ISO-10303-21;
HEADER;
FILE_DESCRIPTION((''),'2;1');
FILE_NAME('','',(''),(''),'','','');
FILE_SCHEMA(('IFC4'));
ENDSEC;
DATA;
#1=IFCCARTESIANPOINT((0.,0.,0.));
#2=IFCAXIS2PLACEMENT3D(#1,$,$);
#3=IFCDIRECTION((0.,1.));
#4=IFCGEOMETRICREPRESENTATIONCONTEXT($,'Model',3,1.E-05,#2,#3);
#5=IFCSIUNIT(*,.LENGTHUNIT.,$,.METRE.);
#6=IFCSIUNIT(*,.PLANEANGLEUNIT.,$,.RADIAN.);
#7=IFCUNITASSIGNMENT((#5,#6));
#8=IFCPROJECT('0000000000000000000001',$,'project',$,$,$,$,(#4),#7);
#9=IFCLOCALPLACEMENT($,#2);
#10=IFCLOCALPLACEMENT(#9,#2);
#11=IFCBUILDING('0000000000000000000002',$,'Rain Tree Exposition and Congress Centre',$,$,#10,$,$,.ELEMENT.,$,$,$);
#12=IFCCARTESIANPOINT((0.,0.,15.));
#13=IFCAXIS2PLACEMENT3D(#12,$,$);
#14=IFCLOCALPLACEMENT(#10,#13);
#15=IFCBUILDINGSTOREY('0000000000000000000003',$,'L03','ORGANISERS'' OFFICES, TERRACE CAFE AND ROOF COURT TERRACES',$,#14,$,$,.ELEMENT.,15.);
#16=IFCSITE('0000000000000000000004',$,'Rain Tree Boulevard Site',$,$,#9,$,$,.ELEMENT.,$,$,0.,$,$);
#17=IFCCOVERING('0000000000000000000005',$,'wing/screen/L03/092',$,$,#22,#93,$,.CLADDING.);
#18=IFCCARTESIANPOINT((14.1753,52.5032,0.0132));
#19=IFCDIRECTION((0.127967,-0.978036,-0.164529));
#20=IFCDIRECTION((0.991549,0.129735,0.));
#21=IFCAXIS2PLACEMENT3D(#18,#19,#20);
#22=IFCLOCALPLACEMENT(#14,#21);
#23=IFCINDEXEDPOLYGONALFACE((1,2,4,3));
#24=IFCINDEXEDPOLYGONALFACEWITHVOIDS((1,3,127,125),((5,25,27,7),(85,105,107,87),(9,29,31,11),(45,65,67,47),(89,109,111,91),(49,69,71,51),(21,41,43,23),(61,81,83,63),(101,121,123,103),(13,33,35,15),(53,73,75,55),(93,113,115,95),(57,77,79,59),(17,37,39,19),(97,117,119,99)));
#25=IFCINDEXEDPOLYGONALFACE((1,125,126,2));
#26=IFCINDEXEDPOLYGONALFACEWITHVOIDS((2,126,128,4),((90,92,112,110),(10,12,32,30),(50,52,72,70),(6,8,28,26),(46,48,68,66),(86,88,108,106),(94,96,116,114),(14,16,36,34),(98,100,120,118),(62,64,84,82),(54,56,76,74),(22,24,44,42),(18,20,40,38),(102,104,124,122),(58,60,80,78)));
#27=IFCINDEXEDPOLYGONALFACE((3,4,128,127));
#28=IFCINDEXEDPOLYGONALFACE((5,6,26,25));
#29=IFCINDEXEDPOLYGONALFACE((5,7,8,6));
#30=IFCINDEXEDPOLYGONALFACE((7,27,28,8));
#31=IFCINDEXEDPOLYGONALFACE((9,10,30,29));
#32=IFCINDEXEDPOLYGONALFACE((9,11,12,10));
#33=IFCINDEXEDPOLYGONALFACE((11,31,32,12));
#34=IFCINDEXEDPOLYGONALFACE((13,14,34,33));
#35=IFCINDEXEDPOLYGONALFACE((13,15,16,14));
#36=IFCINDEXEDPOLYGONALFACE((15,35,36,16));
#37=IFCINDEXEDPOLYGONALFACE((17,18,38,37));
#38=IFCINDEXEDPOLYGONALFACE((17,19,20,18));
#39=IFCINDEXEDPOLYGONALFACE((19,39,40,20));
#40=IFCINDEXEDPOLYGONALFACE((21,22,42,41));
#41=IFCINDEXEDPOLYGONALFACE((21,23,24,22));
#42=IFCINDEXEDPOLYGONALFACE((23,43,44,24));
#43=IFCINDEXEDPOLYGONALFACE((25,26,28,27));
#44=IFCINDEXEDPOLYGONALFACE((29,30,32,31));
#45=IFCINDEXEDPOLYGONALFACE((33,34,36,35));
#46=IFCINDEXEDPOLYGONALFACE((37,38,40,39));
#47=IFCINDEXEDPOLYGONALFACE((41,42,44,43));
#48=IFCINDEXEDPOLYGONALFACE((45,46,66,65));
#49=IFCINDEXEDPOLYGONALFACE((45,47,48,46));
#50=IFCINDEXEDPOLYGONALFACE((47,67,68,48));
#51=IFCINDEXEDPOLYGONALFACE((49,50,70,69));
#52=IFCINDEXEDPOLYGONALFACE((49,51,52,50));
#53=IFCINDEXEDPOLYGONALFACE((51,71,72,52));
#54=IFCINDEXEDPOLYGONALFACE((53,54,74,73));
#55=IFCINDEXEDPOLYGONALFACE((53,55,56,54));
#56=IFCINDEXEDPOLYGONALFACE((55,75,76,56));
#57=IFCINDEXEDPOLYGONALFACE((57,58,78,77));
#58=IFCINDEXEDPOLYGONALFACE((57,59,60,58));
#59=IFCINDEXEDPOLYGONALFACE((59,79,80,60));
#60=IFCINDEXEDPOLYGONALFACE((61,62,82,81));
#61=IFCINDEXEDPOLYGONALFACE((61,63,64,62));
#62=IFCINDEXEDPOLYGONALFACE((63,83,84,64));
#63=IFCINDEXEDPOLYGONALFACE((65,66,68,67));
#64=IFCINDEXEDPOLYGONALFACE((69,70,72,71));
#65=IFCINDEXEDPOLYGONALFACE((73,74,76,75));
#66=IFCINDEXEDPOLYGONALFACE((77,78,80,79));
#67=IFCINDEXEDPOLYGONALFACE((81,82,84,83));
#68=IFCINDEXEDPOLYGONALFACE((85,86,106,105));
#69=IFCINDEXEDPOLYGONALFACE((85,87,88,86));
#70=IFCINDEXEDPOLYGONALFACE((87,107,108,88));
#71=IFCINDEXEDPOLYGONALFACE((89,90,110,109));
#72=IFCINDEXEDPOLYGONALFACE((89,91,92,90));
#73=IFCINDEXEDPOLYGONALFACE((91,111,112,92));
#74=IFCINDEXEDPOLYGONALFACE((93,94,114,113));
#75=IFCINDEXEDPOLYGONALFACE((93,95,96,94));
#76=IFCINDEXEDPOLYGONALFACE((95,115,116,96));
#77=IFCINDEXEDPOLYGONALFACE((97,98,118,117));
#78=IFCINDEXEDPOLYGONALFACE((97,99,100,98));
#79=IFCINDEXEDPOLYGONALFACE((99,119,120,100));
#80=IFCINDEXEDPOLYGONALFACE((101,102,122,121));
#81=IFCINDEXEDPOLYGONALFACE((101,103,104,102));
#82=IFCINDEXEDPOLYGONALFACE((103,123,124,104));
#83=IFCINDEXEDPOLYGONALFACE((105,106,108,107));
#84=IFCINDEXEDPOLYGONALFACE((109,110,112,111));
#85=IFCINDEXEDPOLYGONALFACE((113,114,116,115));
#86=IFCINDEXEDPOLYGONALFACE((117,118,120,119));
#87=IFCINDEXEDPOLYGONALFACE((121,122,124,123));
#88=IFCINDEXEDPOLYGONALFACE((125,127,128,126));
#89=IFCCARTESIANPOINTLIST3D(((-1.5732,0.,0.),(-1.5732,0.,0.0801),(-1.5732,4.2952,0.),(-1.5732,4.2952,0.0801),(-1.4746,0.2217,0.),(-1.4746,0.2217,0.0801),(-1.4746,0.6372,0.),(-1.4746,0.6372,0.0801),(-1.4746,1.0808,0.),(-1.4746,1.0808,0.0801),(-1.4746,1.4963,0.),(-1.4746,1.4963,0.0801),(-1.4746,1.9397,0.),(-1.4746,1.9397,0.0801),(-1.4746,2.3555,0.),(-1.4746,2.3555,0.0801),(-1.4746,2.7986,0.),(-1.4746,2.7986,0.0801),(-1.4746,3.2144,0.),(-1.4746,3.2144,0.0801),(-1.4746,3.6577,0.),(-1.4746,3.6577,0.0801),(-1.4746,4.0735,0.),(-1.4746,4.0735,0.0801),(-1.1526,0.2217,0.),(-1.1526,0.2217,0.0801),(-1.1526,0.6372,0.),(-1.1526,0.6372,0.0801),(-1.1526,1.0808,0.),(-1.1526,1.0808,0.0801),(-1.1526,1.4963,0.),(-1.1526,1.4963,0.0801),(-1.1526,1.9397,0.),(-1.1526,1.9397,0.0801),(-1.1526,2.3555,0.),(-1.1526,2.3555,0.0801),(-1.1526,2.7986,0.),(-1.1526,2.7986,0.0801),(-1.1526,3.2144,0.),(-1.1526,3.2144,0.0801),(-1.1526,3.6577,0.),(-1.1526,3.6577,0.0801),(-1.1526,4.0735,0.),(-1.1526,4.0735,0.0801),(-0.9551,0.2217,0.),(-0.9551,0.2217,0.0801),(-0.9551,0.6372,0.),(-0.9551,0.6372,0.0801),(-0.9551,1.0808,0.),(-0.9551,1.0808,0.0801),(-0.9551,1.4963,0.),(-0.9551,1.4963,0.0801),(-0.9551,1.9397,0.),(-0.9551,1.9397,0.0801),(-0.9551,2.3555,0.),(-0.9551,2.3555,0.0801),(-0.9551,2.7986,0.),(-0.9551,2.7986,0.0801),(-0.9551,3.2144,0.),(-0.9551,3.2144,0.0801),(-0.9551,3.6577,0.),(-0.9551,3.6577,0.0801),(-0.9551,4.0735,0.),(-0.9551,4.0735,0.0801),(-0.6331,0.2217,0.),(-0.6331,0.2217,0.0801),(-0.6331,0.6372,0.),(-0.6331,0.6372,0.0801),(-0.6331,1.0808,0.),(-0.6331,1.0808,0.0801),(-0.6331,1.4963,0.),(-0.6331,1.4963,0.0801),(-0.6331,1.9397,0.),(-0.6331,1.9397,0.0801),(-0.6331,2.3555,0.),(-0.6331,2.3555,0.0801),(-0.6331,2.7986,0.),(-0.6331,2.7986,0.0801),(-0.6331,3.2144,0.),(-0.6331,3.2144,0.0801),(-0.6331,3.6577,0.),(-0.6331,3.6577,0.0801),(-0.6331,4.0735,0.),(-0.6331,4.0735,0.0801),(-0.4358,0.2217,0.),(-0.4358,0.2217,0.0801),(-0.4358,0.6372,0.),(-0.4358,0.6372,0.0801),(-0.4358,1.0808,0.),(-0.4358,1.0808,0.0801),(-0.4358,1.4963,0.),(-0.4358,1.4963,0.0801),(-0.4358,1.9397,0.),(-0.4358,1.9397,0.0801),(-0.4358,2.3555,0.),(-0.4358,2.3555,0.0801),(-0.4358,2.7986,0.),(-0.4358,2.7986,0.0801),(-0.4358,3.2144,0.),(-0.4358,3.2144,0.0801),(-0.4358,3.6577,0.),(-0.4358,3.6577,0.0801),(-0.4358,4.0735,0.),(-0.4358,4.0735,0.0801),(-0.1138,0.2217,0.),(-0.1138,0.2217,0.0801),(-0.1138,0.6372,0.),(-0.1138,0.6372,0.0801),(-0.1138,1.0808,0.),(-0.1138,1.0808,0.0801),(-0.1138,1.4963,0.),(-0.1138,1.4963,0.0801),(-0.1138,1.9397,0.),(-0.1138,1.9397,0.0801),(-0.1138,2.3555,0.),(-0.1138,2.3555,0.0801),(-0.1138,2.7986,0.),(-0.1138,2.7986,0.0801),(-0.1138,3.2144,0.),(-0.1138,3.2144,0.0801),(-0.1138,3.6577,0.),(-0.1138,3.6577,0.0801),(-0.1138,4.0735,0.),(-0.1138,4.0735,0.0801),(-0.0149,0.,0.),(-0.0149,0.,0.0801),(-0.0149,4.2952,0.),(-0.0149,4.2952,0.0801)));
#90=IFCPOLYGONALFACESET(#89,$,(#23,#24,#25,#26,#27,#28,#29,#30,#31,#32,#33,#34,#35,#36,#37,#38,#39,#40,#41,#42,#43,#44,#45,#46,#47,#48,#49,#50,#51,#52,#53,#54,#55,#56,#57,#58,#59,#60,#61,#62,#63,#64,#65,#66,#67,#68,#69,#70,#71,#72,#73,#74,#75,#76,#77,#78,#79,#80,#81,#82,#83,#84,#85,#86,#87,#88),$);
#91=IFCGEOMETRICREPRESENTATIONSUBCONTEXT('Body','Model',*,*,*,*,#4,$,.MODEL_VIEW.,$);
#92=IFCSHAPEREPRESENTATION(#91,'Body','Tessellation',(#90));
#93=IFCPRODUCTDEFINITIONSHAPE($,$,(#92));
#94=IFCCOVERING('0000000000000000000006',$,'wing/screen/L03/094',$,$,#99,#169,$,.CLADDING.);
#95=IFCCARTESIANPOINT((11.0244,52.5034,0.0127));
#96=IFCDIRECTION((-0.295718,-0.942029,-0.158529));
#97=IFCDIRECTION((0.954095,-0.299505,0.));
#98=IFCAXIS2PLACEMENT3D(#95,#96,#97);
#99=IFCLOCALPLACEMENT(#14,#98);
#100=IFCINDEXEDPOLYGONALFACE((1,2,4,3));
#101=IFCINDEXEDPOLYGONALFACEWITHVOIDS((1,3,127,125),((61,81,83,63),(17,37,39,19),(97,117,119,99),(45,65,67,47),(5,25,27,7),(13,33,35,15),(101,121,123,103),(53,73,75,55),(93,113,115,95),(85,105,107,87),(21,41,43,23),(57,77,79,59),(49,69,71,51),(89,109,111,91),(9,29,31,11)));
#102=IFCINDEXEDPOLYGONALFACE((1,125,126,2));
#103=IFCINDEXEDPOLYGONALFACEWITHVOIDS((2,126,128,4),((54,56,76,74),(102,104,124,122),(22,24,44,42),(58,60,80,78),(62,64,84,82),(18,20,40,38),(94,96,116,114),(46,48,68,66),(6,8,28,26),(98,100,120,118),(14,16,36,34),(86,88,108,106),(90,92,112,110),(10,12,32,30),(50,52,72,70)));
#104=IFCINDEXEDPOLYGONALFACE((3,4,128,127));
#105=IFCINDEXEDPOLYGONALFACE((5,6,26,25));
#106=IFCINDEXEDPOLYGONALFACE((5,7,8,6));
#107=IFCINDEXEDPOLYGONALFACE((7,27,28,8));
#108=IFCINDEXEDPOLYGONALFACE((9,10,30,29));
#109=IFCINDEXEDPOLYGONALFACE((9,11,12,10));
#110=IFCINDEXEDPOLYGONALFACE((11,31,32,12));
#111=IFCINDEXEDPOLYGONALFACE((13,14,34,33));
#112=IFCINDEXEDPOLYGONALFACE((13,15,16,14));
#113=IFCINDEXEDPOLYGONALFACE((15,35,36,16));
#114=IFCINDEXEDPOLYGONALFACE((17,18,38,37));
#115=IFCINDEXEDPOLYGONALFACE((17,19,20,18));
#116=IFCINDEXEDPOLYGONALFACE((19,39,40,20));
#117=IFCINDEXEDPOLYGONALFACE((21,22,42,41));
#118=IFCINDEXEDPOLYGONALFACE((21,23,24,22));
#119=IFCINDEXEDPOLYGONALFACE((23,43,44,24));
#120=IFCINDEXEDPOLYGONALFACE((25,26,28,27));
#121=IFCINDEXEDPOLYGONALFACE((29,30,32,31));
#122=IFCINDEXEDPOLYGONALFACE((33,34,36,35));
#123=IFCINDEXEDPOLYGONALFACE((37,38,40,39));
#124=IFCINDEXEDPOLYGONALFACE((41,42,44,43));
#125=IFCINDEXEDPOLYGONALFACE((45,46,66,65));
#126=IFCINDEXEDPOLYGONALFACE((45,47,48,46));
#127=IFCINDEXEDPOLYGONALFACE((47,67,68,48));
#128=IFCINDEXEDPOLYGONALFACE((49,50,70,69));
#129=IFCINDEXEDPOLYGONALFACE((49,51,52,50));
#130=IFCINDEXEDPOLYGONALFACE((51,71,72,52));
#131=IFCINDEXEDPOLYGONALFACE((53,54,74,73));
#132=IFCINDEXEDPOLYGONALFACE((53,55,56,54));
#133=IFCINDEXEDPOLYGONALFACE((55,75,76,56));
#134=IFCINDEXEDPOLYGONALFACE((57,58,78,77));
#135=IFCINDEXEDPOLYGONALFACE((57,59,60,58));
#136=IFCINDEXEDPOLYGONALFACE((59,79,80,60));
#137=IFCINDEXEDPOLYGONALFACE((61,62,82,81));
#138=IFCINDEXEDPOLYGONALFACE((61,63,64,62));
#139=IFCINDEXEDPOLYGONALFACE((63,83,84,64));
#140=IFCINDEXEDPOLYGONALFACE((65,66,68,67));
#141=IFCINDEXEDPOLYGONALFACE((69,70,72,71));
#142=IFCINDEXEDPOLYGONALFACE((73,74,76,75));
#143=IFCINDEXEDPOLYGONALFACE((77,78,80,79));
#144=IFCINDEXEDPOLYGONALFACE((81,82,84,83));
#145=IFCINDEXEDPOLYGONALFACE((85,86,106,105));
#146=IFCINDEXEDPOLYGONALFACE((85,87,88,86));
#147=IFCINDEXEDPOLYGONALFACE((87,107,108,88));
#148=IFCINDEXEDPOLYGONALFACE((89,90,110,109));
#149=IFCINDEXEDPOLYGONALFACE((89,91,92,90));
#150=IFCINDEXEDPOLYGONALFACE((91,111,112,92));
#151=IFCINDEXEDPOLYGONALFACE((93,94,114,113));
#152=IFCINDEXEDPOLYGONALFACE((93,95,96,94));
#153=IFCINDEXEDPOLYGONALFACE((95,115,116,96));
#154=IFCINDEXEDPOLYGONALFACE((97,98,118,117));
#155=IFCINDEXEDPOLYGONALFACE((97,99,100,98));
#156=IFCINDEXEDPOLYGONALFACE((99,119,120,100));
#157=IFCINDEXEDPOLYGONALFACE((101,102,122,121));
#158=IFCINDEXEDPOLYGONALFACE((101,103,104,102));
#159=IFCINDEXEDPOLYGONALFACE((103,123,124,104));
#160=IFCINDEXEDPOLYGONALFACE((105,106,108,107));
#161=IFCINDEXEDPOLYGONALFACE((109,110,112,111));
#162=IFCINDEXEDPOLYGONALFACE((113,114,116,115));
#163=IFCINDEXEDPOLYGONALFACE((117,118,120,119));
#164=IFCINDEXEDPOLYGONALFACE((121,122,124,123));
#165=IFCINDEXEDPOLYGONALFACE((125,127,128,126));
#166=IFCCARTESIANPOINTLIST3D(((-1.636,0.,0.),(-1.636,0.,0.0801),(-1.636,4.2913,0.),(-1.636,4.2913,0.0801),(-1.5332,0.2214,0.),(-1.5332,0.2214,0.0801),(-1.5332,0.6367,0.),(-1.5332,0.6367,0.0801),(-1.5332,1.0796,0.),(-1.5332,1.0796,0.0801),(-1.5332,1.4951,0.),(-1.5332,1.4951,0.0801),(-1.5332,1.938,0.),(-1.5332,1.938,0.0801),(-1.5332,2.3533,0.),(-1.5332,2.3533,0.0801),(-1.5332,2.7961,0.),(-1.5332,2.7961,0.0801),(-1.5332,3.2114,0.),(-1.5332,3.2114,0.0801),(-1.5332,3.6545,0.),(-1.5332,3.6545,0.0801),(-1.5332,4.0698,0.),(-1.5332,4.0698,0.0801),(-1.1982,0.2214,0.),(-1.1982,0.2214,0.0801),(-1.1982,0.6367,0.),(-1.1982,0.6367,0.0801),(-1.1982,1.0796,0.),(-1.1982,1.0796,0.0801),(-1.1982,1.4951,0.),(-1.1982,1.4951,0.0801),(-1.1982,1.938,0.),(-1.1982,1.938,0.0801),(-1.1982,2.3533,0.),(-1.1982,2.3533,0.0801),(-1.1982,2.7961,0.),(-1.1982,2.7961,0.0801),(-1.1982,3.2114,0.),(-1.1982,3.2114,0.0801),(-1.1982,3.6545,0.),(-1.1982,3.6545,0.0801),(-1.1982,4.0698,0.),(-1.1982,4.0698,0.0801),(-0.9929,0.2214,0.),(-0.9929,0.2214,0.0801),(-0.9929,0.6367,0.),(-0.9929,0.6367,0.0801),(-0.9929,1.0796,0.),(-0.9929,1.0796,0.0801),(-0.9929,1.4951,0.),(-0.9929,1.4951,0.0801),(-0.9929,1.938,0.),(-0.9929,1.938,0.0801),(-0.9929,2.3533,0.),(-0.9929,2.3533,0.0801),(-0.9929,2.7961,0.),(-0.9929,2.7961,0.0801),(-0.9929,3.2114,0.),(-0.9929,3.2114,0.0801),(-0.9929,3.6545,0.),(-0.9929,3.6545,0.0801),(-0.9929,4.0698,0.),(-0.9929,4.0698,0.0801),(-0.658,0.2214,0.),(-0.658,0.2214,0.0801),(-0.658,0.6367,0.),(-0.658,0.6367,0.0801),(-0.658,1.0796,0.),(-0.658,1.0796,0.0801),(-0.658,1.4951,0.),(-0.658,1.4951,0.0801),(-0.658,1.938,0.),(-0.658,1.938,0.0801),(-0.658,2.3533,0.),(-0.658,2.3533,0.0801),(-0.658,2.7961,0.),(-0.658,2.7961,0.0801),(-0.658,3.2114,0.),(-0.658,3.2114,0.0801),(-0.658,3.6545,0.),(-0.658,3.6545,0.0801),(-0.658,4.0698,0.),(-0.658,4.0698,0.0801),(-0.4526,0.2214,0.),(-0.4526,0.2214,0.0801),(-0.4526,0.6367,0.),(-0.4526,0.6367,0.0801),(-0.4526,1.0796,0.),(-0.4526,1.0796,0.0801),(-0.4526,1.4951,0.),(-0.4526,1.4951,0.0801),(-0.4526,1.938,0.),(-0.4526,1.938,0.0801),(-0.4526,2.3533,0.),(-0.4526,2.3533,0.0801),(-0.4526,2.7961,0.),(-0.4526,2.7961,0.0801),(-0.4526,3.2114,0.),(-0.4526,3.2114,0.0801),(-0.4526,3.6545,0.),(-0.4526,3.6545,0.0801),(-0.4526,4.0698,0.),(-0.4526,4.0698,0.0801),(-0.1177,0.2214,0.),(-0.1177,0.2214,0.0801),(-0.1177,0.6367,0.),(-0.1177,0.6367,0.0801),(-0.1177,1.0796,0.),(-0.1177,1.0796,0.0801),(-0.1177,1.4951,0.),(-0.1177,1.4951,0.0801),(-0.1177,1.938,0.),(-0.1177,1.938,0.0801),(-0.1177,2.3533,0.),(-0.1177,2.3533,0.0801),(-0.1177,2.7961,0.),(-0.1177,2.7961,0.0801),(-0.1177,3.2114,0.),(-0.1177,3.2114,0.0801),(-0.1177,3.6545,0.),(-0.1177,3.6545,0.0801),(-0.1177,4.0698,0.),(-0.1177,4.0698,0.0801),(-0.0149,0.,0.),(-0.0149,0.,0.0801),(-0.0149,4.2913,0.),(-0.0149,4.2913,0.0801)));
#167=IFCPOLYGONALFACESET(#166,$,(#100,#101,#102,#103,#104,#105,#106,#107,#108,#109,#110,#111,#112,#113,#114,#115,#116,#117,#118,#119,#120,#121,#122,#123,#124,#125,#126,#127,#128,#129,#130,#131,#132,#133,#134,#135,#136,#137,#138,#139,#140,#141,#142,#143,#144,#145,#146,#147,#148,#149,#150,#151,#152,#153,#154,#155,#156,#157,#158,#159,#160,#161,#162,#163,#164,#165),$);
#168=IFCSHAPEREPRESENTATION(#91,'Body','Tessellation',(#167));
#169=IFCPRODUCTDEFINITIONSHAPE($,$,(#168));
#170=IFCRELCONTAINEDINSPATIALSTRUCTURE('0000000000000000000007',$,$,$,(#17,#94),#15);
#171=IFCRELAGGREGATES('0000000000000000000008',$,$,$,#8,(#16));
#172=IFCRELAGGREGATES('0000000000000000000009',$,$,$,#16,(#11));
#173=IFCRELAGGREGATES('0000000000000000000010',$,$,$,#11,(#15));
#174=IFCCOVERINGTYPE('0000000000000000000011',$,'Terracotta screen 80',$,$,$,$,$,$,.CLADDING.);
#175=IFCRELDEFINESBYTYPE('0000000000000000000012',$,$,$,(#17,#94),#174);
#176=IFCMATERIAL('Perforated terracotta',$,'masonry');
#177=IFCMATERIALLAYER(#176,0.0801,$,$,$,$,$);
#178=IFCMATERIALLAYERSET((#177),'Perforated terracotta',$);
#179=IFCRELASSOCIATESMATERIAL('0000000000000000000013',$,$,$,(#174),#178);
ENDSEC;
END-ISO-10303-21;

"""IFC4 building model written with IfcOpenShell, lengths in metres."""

from ifc_helpers import new_model, si_unit, direction, frame, origin, place, context, subcontext, project, spatial, polyline, outline, extrude, material, layer, layer_set, type_object, element, save


model = new_model("IFC4")

# Units and contexts
model_context = context("Model", 3, precision=1e-05, world=origin(), true_north=direction((0.0, 1.0)))
body_context = subcontext(model_context, "Body", "Model", "MODEL_VIEW")
ifc_project = project(units=[si_unit("LENGTHUNIT", "METRE"), si_unit("PLANEANGLEUNIT", "RADIAN")], contexts=[model_context])

# Site, building, storey
site_placement = place(None, origin())
site = spatial("IfcSite", under=ifc_project, at=site_placement, Name="Rain Tree Boulevard Site", CompositionType="ELEMENT", RefElevation=0.0)
building_placement = place(site_placement, origin())
building = spatial("IfcBuilding", under=site, at=building_placement, Name="Rain Tree Exposition and Congress Centre", CompositionType="ELEMENT")
storey_placement = place(building_placement, frame((0.0, 0.0, 15.0)))
storey = spatial("IfcBuildingStorey", under=building, at=storey_placement, Name="L03", Description="ORGANISERS' OFFICES, TERRACE CAFE AND ROOF COURT TERRACES", CompositionType="ELEMENT", Elevation=15.0)

# Coverings
ifc_material_1 = material(Name="Perforated terracotta", Category="masonry")
ifc_layer = layer(ifc_material_1, 0.0801)
ifc_layer_set = layer_set([ifc_layer], Name="Perforated terracotta")
covering_type = type_object("IfcCoveringType", Name="Terracotta screen 80", PredefinedType="CLADDING", material=ifc_layer_set)
covering_1_placement = place(storey_placement, frame((14.1753, 52.5032, 0.0132), z_axis=(0.127967, -0.978036, -0.164529), x_axis=(0.991549, 0.129735, 0.0)))
element("IfcCovering", 1, at=covering_1_placement, inside=storey, type_object=covering_type, Name="wing/screen/L03/092", PredefinedType="CLADDING", context=body_context, shape_type="SweptSolid", body=[
    extrude(outline(polyline([(-1.5732, 0.0), (-1.5732, 4.2952), (-0.0149, 4.2952), (-0.0149, 0.0), (-1.5732, 0.0)]), holes=[polyline([(-0.1138, 0.2217), (-0.1138, 0.6372), (-0.4358, 0.6372), (-0.4358, 0.2217), (-0.1138, 0.2217)]), polyline([(-0.1138, 1.0808), (-0.1138, 1.4963), (-0.4358, 1.4963), (-0.4358, 1.0808), (-0.1138, 1.0808)]), polyline([(-0.1138, 1.9397), (-0.1138, 2.3555), (-0.4358, 2.3555), (-0.4358, 1.9397), (-0.1138, 1.9397)]), polyline([(-0.1138, 2.7986), (-0.1138, 3.2144), (-0.4358, 3.2144), (-0.4358, 2.7986), (-0.1138, 2.7986)]), polyline([(-0.1138, 3.6577), (-0.1138, 4.0735), (-0.4358, 4.0735), (-0.4358, 3.6577), (-0.1138, 3.6577)]), polyline([(-0.6331, 0.2217), (-0.6331, 0.6372), (-0.9551, 0.6372), (-0.9551, 0.2217), (-0.6331, 0.2217)]), polyline([(-0.6331, 1.0808), (-0.6331, 1.4963), (-0.9551, 1.4963), (-0.9551, 1.0808), (-0.6331, 1.0808)]), polyline([(-0.6331, 1.9397), (-0.6331, 2.3555), (-0.9551, 2.3555), (-0.9551, 1.9397), (-0.6331, 1.9397)]), polyline([(-0.6331, 2.7986), (-0.6331, 3.2144), (-0.9551, 3.2144), (-0.9551, 2.7986), (-0.6331, 2.7986)]), polyline([(-0.6331, 3.6577), (-0.6331, 4.0735), (-0.9551, 4.0735), (-0.9551, 3.6577), (-0.6331, 3.6577)]), polyline([(-1.1526, 0.2217), (-1.1526, 0.6372), (-1.4746, 0.6372), (-1.4746, 0.2217), (-1.1526, 0.2217)]), polyline([(-1.1526, 1.0808), (-1.1526, 1.4963), (-1.4746, 1.4963), (-1.4746, 1.0808), (-1.1526, 1.0808)]), polyline([(-1.1526, 1.9397), (-1.1526, 2.3555), (-1.4746, 2.3555), (-1.4746, 1.9397), (-1.1526, 1.9397)]), polyline([(-1.1526, 2.7986), (-1.1526, 3.2144), (-1.4746, 3.2144), (-1.4746, 2.7986), (-1.1526, 2.7986)]), polyline([(-1.1526, 3.6577), (-1.1526, 4.0735), (-1.4746, 4.0735), (-1.4746, 3.6577), (-1.1526, 3.6577)])]), origin(), (0.0, 0.0, 1.0), 0.0801),
])
covering_2_placement = place(storey_placement, frame((11.0244, 52.5034, 0.0127), z_axis=(-0.295718, -0.942029, -0.158529), x_axis=(0.954095, -0.299505, 0.0)))
element("IfcCovering", 2, at=covering_2_placement, inside=storey, type_object=covering_type, Name="wing/screen/L03/094", PredefinedType="CLADDING", context=body_context, shape_type="SweptSolid", body=[
    extrude(outline(polyline([(-1.636, 0.0), (-1.636, 4.2913), (-0.0149, 4.2913), (-0.0149, 0.0), (-1.636, 0.0)]), holes=[polyline([(-0.1177, 0.2214), (-0.1177, 0.6367), (-0.4526, 0.6367), (-0.4526, 0.2214), (-0.1177, 0.2214)]), polyline([(-0.1177, 1.0796), (-0.1177, 1.4951), (-0.4526, 1.4951), (-0.4526, 1.0796), (-0.1177, 1.0796)]), polyline([(-0.1177, 1.938), (-0.1177, 2.3533), (-0.4526, 2.3533), (-0.4526, 1.938), (-0.1177, 1.938)]), polyline([(-0.1177, 2.7961), (-0.1177, 3.2114), (-0.4526, 3.2114), (-0.4526, 2.7961), (-0.1177, 2.7961)]), polyline([(-0.1177, 3.6545), (-0.1177, 4.0698), (-0.4526, 4.0698), (-0.4526, 3.6545), (-0.1177, 3.6545)]), polyline([(-0.658, 0.2214), (-0.658, 0.6367), (-0.9929, 0.6367), (-0.9929, 0.2214), (-0.658, 0.2214)]), polyline([(-0.658, 1.0796), (-0.658, 1.4951), (-0.9929, 1.4951), (-0.9929, 1.0796), (-0.658, 1.0796)]), polyline([(-0.658, 1.938), (-0.658, 2.3533), (-0.9929, 2.3533), (-0.9929, 1.938), (-0.658, 1.938)]), polyline([(-0.658, 2.7961), (-0.658, 3.2114), (-0.9929, 3.2114), (-0.9929, 2.7961), (-0.658, 2.7961)]), polyline([(-0.658, 3.6545), (-0.658, 4.0698), (-0.9929, 4.0698), (-0.9929, 3.6545), (-0.658, 3.6545)]), polyline([(-1.1982, 0.2214), (-1.1982, 0.6367), (-1.5332, 0.6367), (-1.5332, 0.2214), (-1.1982, 0.2214)]), polyline([(-1.1982, 1.0796), (-1.1982, 1.4951), (-1.5332, 1.4951), (-1.5332, 1.0796), (-1.1982, 1.0796)]), polyline([(-1.1982, 1.938), (-1.1982, 2.3533), (-1.5332, 2.3533), (-1.5332, 1.938), (-1.1982, 1.938)]), polyline([(-1.1982, 2.7961), (-1.1982, 3.2114), (-1.5332, 3.2114), (-1.5332, 2.7961), (-1.1982, 2.7961)]), polyline([(-1.1982, 3.6545), (-1.1982, 4.0698), (-1.5332, 4.0698), (-1.5332, 3.6545), (-1.1982, 3.6545)])]), origin(), (0.0, 0.0, 1.0), 0.0801),
])

save(model, "model.ifc")
